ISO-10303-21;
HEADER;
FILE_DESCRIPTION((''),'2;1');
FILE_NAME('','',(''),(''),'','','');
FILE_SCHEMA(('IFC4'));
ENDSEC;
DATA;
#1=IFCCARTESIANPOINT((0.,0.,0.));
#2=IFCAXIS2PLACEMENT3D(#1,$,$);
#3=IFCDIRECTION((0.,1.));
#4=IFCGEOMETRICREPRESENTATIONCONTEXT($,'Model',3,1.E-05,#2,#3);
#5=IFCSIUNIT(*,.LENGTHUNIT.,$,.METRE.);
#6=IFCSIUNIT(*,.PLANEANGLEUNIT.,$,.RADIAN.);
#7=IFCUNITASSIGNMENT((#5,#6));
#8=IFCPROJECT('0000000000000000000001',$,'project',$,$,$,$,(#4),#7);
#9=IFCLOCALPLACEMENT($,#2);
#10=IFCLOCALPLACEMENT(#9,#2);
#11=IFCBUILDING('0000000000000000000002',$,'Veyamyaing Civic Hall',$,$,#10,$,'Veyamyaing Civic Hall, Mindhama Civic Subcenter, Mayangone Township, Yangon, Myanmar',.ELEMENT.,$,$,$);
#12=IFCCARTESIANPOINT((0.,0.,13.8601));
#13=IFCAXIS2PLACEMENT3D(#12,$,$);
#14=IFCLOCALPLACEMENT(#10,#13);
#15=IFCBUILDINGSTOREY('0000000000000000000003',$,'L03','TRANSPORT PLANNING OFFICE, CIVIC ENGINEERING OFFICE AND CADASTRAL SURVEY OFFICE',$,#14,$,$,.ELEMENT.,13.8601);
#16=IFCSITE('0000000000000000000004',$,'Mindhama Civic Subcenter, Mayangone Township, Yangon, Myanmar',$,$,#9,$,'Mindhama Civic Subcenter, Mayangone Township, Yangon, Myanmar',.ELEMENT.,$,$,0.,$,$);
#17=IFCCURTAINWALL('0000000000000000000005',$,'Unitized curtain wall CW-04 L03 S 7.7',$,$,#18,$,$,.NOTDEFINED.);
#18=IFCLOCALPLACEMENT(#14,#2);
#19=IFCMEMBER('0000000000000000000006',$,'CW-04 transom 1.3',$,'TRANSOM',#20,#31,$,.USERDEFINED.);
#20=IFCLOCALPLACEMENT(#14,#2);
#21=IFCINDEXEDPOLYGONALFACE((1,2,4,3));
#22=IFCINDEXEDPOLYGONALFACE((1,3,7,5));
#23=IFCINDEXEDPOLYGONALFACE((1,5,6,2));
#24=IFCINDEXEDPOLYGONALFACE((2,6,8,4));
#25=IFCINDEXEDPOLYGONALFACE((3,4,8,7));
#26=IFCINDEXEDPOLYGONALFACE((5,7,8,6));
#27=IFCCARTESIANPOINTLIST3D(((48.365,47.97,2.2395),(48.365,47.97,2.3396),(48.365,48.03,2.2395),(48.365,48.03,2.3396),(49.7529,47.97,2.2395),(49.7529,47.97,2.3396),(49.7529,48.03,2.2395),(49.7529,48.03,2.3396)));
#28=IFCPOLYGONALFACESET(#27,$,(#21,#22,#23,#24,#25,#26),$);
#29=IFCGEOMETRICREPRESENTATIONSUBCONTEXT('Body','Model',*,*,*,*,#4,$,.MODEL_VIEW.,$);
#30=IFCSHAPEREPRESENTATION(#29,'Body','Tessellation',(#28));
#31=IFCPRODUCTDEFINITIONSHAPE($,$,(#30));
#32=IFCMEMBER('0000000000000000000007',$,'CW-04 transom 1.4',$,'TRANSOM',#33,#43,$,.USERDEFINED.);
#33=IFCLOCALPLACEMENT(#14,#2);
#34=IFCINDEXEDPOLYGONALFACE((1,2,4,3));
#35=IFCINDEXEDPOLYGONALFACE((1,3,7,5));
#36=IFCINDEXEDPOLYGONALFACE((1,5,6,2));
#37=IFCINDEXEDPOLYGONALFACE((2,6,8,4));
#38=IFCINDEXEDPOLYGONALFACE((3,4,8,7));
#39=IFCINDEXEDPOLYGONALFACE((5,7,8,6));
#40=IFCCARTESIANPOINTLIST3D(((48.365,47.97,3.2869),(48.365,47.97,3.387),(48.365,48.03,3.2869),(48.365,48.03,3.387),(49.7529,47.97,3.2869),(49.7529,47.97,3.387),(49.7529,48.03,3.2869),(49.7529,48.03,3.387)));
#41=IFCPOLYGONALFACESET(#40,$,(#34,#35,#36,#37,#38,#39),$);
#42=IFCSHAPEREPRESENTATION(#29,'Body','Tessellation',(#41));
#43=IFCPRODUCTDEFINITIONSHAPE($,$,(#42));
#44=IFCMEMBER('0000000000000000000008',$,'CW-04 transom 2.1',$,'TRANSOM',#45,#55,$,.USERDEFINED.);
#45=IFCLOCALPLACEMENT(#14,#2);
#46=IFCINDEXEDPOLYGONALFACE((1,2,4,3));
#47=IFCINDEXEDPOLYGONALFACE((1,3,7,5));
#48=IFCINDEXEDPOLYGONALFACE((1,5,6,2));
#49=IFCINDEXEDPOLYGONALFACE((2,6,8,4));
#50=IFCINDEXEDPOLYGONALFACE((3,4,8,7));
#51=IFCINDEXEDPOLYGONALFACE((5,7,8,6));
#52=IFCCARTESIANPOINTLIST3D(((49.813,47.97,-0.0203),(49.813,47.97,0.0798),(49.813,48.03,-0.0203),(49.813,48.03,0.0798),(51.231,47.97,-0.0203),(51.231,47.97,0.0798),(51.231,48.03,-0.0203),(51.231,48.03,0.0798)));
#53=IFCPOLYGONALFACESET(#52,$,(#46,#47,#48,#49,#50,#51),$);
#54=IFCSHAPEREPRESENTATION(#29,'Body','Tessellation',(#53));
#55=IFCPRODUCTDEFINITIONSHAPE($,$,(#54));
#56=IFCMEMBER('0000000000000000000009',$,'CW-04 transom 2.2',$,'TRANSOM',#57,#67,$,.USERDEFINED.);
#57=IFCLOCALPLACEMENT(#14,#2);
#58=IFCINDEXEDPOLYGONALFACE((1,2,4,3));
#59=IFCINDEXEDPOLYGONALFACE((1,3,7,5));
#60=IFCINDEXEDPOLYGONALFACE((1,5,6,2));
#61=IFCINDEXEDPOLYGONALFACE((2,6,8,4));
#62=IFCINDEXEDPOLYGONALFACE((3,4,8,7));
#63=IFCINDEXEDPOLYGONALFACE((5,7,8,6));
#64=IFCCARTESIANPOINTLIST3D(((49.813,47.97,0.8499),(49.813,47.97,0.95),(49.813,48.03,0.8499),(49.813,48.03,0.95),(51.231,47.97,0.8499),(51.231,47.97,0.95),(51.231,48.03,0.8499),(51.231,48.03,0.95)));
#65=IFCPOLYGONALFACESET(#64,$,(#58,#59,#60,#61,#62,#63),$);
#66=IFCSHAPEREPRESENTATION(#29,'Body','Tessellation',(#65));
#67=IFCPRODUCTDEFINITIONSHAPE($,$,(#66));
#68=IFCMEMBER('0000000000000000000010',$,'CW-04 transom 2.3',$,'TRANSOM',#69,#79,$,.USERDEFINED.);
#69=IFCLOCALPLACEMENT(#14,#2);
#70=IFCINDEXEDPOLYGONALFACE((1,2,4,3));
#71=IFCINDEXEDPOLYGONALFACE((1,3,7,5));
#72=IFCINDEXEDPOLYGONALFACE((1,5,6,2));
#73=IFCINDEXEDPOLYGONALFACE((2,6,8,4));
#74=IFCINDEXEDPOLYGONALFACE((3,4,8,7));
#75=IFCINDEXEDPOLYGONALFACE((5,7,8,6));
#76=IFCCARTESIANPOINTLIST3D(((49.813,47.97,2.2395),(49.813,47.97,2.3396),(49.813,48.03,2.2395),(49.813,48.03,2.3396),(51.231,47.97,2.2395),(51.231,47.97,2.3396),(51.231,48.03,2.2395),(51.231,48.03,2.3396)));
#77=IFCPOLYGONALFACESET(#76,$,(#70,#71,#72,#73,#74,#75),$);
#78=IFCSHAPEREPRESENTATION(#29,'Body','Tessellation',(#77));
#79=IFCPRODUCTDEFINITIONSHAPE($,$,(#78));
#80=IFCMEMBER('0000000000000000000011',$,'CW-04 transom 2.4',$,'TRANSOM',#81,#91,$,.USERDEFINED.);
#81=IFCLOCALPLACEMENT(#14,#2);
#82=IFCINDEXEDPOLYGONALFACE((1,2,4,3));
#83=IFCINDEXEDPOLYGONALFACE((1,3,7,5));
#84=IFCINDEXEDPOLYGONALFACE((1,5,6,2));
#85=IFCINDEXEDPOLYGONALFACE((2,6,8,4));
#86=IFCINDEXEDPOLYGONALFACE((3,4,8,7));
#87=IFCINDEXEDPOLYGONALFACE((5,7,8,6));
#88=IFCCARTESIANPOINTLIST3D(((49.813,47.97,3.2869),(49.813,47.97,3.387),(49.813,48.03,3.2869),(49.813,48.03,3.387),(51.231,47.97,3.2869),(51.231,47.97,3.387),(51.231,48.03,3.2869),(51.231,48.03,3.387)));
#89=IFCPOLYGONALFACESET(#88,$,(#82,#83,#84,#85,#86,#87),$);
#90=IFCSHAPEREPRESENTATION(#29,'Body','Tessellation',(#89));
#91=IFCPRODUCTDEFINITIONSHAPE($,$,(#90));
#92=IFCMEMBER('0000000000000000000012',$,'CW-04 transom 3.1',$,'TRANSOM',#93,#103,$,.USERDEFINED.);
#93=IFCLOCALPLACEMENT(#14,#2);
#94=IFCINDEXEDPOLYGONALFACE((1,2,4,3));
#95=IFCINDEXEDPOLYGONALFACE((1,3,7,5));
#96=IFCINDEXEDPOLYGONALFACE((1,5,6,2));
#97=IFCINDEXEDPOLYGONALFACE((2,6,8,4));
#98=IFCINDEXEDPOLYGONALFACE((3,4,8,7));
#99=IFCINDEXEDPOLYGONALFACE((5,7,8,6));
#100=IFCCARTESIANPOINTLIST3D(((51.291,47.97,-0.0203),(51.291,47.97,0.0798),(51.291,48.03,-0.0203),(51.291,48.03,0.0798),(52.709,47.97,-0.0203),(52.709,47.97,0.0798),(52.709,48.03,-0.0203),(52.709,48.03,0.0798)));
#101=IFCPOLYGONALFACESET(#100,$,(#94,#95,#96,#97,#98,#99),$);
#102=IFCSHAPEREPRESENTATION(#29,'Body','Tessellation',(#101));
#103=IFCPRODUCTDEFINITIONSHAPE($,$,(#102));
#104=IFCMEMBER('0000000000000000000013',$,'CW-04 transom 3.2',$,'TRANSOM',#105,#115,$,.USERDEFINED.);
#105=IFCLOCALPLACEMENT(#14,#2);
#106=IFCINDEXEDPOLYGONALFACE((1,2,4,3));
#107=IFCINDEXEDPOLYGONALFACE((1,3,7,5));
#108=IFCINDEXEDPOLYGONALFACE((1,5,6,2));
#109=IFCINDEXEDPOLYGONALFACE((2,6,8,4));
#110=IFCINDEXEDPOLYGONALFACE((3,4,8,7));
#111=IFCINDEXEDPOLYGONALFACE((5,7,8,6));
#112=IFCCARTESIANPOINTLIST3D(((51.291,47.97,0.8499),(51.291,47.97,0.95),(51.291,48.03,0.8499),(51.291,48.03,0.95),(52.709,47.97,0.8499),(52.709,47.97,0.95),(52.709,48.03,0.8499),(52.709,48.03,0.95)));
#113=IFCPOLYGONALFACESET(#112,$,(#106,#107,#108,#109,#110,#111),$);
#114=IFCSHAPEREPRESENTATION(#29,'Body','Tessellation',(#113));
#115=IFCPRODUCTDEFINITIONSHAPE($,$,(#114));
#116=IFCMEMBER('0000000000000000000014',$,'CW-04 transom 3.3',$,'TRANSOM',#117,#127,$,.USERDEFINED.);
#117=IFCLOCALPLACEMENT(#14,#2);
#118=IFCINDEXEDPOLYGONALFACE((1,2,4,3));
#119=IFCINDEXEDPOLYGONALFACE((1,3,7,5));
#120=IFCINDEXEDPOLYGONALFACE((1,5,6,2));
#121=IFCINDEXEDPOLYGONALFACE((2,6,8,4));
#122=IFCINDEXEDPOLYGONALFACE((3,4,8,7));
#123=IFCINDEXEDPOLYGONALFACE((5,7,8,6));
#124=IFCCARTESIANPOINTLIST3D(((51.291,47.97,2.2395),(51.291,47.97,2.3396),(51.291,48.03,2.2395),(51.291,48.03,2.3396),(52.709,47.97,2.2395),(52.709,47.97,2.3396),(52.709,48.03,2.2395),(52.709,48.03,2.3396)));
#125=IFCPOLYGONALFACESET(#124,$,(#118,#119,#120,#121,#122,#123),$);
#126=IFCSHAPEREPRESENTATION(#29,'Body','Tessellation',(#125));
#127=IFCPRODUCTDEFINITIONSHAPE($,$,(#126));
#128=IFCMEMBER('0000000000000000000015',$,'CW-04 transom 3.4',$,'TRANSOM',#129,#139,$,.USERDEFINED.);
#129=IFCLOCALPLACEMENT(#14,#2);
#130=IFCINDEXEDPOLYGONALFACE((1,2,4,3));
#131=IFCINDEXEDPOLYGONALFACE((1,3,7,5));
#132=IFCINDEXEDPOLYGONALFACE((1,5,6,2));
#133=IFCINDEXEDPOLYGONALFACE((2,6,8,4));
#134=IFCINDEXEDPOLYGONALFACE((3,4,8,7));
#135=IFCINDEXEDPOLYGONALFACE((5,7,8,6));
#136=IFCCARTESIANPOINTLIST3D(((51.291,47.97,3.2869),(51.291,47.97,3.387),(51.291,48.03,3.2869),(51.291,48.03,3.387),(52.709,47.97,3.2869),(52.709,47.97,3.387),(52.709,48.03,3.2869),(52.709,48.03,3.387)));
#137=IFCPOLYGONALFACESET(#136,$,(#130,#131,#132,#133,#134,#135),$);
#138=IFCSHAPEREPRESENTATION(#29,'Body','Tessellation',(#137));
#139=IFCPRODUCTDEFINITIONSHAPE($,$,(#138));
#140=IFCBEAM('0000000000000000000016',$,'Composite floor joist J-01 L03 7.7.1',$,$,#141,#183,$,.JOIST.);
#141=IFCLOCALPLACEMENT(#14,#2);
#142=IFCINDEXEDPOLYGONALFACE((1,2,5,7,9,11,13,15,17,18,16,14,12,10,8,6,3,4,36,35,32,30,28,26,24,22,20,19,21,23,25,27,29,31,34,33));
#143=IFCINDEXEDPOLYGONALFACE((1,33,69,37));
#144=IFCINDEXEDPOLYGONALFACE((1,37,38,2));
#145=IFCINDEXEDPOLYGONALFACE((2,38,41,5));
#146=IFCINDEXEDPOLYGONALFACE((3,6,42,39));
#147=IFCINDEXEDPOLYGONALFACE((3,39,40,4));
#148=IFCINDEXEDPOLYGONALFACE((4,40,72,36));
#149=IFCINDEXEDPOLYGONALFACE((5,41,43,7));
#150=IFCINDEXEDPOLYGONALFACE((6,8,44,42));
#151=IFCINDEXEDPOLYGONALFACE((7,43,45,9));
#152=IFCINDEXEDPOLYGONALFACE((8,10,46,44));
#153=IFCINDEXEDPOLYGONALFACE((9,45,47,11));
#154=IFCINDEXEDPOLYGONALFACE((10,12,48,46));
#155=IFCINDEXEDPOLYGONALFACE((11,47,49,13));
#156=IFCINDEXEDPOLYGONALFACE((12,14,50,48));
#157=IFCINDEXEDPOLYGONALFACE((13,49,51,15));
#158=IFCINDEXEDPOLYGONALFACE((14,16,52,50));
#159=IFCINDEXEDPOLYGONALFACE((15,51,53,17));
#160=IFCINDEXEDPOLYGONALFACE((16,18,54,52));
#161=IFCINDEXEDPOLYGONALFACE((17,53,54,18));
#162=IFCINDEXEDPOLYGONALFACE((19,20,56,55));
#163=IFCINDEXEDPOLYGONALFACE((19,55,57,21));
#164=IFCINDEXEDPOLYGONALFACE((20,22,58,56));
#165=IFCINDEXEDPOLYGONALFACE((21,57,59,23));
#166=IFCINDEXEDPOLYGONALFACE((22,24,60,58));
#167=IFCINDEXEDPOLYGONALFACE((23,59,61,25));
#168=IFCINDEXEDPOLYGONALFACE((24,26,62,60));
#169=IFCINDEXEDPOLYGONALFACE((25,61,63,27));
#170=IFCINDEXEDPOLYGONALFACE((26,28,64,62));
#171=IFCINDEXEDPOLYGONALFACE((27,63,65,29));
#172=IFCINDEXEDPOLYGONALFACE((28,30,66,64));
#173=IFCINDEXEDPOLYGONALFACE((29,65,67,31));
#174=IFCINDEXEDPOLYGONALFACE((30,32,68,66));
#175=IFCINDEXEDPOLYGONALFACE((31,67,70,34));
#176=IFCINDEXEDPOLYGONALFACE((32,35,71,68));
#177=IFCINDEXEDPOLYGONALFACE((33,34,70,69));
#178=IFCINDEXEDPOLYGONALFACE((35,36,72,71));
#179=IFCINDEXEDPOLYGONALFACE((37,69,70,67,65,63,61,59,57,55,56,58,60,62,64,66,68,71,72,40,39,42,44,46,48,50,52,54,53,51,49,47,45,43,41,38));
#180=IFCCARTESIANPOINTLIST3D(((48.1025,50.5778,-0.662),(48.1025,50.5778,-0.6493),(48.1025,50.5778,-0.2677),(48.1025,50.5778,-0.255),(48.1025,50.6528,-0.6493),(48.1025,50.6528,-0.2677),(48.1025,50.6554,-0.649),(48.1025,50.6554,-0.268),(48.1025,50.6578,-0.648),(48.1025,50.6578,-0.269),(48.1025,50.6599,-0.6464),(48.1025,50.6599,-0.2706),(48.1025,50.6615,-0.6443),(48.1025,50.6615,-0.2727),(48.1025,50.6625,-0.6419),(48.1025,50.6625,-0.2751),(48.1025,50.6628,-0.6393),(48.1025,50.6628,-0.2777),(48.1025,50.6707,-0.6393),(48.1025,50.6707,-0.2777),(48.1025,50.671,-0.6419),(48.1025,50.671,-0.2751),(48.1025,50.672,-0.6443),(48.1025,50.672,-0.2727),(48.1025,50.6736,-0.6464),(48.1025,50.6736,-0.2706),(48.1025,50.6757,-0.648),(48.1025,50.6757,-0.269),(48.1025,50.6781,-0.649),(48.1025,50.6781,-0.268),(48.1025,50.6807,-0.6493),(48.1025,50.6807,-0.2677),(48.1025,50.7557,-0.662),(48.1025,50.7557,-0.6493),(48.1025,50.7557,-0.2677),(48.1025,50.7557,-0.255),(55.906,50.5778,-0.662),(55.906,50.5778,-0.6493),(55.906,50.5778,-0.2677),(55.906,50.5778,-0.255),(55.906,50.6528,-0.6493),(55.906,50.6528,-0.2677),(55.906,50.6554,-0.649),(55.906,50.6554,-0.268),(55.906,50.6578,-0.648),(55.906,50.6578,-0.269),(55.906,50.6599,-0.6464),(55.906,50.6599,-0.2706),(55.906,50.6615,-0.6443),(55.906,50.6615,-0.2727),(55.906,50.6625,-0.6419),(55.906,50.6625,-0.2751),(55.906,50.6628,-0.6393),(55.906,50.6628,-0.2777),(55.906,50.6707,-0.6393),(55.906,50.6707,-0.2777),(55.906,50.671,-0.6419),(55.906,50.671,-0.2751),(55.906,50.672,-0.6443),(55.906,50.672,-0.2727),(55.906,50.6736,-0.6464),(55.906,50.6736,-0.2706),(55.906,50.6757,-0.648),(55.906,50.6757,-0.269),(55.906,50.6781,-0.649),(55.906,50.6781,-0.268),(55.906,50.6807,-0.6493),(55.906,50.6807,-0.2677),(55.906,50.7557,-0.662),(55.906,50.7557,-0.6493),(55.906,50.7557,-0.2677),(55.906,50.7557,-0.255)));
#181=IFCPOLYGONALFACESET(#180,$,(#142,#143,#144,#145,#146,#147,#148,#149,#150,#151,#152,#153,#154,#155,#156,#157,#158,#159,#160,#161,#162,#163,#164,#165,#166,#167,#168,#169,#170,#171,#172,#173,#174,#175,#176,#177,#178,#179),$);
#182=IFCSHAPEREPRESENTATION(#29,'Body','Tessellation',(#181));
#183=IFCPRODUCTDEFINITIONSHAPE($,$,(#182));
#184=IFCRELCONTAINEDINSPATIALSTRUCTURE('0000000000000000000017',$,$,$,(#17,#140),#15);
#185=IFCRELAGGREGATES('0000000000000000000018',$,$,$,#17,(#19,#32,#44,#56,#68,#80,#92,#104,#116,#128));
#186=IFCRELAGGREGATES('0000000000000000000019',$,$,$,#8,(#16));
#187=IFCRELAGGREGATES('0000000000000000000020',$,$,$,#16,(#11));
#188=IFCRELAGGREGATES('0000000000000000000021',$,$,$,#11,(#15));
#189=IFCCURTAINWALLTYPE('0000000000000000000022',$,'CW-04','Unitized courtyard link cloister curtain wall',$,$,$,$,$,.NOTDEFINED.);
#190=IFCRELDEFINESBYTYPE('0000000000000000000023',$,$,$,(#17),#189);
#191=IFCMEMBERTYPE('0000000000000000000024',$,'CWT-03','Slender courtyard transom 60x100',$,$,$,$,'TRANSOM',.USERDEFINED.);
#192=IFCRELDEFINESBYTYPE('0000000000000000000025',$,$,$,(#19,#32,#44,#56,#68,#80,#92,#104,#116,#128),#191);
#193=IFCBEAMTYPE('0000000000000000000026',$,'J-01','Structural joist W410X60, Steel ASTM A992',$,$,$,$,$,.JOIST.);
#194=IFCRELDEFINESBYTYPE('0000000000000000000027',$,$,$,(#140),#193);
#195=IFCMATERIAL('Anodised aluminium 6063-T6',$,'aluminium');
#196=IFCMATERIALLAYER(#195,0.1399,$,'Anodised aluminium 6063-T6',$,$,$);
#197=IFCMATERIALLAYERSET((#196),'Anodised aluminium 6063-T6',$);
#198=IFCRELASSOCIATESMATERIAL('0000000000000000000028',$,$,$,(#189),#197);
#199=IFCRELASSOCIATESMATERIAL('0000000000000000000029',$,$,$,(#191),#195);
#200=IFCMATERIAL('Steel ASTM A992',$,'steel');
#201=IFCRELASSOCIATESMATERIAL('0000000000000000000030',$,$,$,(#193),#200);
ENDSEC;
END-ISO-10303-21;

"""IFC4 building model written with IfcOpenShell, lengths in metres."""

from ifc_helpers import new_model, si_unit, direction, frame, origin, origin_2d, place, context, subcontext, project, spatial, rectangle, i_section, extrude, material, layer, layer_set, material_profile, profile_set, type_object, element, aggregate, save


model = new_model("IFC4")

# Units and contexts
model_context = context("Model", 3, precision=1e-05, world=origin(), true_north=direction((0.0, 1.0)))
body_context = subcontext(model_context, "Body", "Model", "MODEL_VIEW")
ifc_project = project(units=[si_unit("LENGTHUNIT", "METRE"), si_unit("PLANEANGLEUNIT", "RADIAN")], contexts=[model_context])

# Site, building, storey
site_placement = place(None, origin())
site = spatial("IfcSite", under=ifc_project, at=site_placement, Name="Mindhama Civic Subcenter, Mayangone Township, Yangon, Myanmar", LongName="Mindhama Civic Subcenter, Mayangone Township, Yangon, Myanmar", CompositionType="ELEMENT", RefElevation=0.0)
building_placement = place(site_placement, origin())
building = spatial("IfcBuilding", under=site, at=building_placement, Name="Veyamyaing Civic Hall", LongName="Veyamyaing Civic Hall, Mindhama Civic Subcenter, Mayangone Township, Yangon, Myanmar", CompositionType="ELEMENT")
storey_placement = place(building_placement, frame((0.0, 0.0, 13.8601)))
storey = spatial("IfcBuildingStorey", under=building, at=storey_placement, Name="L03", Description="TRANSPORT PLANNING OFFICE, CIVIC ENGINEERING OFFICE AND CADASTRAL SURVEY OFFICE", CompositionType="ELEMENT", Elevation=13.8601)

# Shared definitions
ifc_material_1 = material(Name="Steel ASTM A992", Category="steel")

# Shared definitions
ifc_material_2 = material(Name="Anodised aluminium 6063-T6", Category="aluminium")
ifc_layer_1 = layer(ifc_material_2, 0.1399, Name="Anodised aluminium 6063-T6")
ifc_layer_set_1 = layer_set([ifc_layer_1], Name="Anodised aluminium 6063-T6")
curtain_wall_type = type_object("IfcCurtainWallType", Name="CW-04", Description="Unitized courtyard link cloister curtain wall", PredefinedType="NOTDEFINED", material=ifc_layer_set_1)

# Curtain wall, members
curtain_wall_1_placement = place(storey_placement, origin())
curtain_wall_1 = element("IfcCurtainWall", 1, at=curtain_wall_1_placement, inside=storey, type_object=curtain_wall_type, Name="Unitized curtain wall CW-04 L03 S 7.7", PredefinedType="NOTDEFINED")
ifc_material_profile_1 = material_profile(ifc_material_2, rectangle(XDim=0.0601, YDim=0.1001, at=origin_2d()), Name="ALU-TRN-60X100")
ifc_profile_set_1 = profile_set([ifc_material_profile_1], Name="Anodised aluminium 6063-T6")
member_type_1 = type_object("IfcMemberType", Name="CWT-03", Description="Slender courtyard transom 60x100", ElementType="TRANSOM", PredefinedType="USERDEFINED", material=ifc_profile_set_1)
member_1_placement = place(storey_placement, frame((48.365, 48.0, 2.2896), z_axis=(1.0, 0.0, 0.0), x_axis=(0.0, 1.0, 0.0)))
member_1 = element("IfcMember", 2, at=member_1_placement, type_object=member_type_1, Name="CW-04 transom 1.3", ObjectType="TRANSOM", PredefinedType="USERDEFINED", context=body_context, shape_type="SweptSolid", body=[
    extrude(rectangle(XDim=0.0601, YDim=0.1001, at=origin_2d()), origin(), (0.0, 0.0, 1.0), 1.3879),
])
member_2_placement = place(storey_placement, frame((48.365, 48.0, 3.3369), z_axis=(1.0, 0.0, 0.0), x_axis=(0.0, 1.0, 0.0)))
member_2 = element("IfcMember", 3, at=member_2_placement, type_object=member_type_1, Name="CW-04 transom 1.4", ObjectType="TRANSOM", PredefinedType="USERDEFINED", context=body_context, shape_type="SweptSolid", body=[
    extrude(rectangle(XDim=0.0601, YDim=0.1001, at=origin_2d()), origin(), (0.0, 0.0, 1.0), 1.3879),
])
member_3_placement = place(storey_placement, frame((49.813, 48.0, 0.0298), z_axis=(1.0, 0.0, 0.0), x_axis=(0.0, 1.0, 0.0)))
member_3 = element("IfcMember", 4, at=member_3_placement, type_object=member_type_1, Name="CW-04 transom 2.1", ObjectType="TRANSOM", PredefinedType="USERDEFINED", context=body_context, shape_type="SweptSolid", body=[
    extrude(rectangle(XDim=0.0601, YDim=0.1001, at=origin_2d()), origin(), (0.0, 0.0, 1.0), 1.418),
])
member_4_placement = place(storey_placement, frame((49.813, 48.0, 0.8999), z_axis=(1.0, 0.0, 0.0), x_axis=(0.0, 1.0, 0.0)))
member_4 = element("IfcMember", 5, at=member_4_placement, type_object=member_type_1, Name="CW-04 transom 2.2", ObjectType="TRANSOM", PredefinedType="USERDEFINED", context=body_context, shape_type="SweptSolid", body=[
    extrude(rectangle(XDim=0.0601, YDim=0.1001, at=origin_2d()), origin(), (0.0, 0.0, 1.0), 1.418),
])
member_5_placement = place(storey_placement, frame((49.813, 48.0, 2.2896), z_axis=(1.0, 0.0, 0.0), x_axis=(0.0, 1.0, 0.0)))
member_5 = element("IfcMember", 6, at=member_5_placement, type_object=member_type_1, Name="CW-04 transom 2.3", ObjectType="TRANSOM", PredefinedType="USERDEFINED", context=body_context, shape_type="SweptSolid", body=[
    extrude(rectangle(XDim=0.0601, YDim=0.1001, at=origin_2d()), origin(), (0.0, 0.0, 1.0), 1.418),
])
member_6_placement = place(storey_placement, frame((49.813, 48.0, 3.3369), z_axis=(1.0, 0.0, 0.0), x_axis=(0.0, 1.0, 0.0)))
member_6 = element("IfcMember", 7, at=member_6_placement, type_object=member_type_1, Name="CW-04 transom 2.4", ObjectType="TRANSOM", PredefinedType="USERDEFINED", context=body_context, shape_type="SweptSolid", body=[
    extrude(rectangle(XDim=0.0601, YDim=0.1001, at=origin_2d()), origin(), (0.0, 0.0, 1.0), 1.418),
])
member_7_placement = place(storey_placement, frame((51.291, 48.0, 0.0298), z_axis=(1.0, 0.0, 0.0), x_axis=(0.0, 1.0, 0.0)))
member_7 = element("IfcMember", 8, at=member_7_placement, type_object=member_type_1, Name="CW-04 transom 3.1", ObjectType="TRANSOM", PredefinedType="USERDEFINED", context=body_context, shape_type="SweptSolid", body=[
    extrude(rectangle(XDim=0.0601, YDim=0.1001, at=origin_2d()), origin(), (0.0, 0.0, 1.0), 1.418),
])
member_8_placement = place(storey_placement, frame((51.291, 48.0, 0.8999), z_axis=(1.0, 0.0, 0.0), x_axis=(0.0, 1.0, 0.0)))
member_8 = element("IfcMember", 9, at=member_8_placement, type_object=member_type_1, Name="CW-04 transom 3.2", ObjectType="TRANSOM", PredefinedType="USERDEFINED", context=body_context, shape_type="SweptSolid", body=[
    extrude(rectangle(XDim=0.0601, YDim=0.1001, at=origin_2d()), origin(), (0.0, 0.0, 1.0), 1.418),
])
member_9_placement = place(storey_placement, frame((51.291, 48.0, 2.2896), z_axis=(1.0, 0.0, 0.0), x_axis=(0.0, 1.0, 0.0)))
member_9 = element("IfcMember", 10, at=member_9_placement, type_object=member_type_1, Name="CW-04 transom 3.3", ObjectType="TRANSOM", PredefinedType="USERDEFINED", context=body_context, shape_type="SweptSolid", body=[
    extrude(rectangle(XDim=0.0601, YDim=0.1001, at=origin_2d()), origin(), (0.0, 0.0, 1.0), 1.418),
])
member_10_placement = place(storey_placement, frame((51.291, 48.0, 3.3369), z_axis=(1.0, 0.0, 0.0), x_axis=(0.0, 1.0, 0.0)))
member_10 = element("IfcMember", 11, at=member_10_placement, type_object=member_type_1, Name="CW-04 transom 3.4", ObjectType="TRANSOM", PredefinedType="USERDEFINED", context=body_context, shape_type="SweptSolid", body=[
    extrude(rectangle(XDim=0.0601, YDim=0.1001, at=origin_2d()), origin(), (0.0, 0.0, 1.0), 1.418),
])

# Beam
ifc_material_profile_2 = material_profile(ifc_material_1, i_section(OverallWidth=0.178, OverallDepth=0.407, WebThickness=0.0078, FlangeThickness=0.0127, FilletRadius=0.01, at=origin_2d()), Name="W410X60")
ifc_profile_set_2 = profile_set([ifc_material_profile_2], Name="Steel ASTM A992")
beam_type_1 = type_object("IfcBeamType", Name="J-01", Description="Structural joist W410X60, Steel ASTM A992", PredefinedType="JOIST", material=ifc_profile_set_2)
for number, where, z_axis, x_axis, name in (
    (12, (48.1025, 50.6667, -0.4585), (1.0, 0.0, 0.0), (0.0, 1.0, 0.0), "Composite floor joist J-01 L03 7.7.1"),
):
    element("IfcBeam", number, at=place(storey_placement, frame(where, z_axis=z_axis, x_axis=x_axis)), inside=storey, type_object=beam_type_1, Name=name, PredefinedType="JOIST", context=body_context, shape_type="SweptSolid", body=[
        extrude(i_section(OverallWidth=0.178, OverallDepth=0.407, WebThickness=0.0078, FlangeThickness=0.0127, FilletRadius=0.01, at=origin_2d()), origin(), (0.0, 0.0, 1.0), 7.8035),
    ])

aggregate(curtain_wall_1, [member_1, member_2, member_3, member_4, member_5, member_6, member_7, member_8, member_9, member_10])

save(model, "model.ifc")
